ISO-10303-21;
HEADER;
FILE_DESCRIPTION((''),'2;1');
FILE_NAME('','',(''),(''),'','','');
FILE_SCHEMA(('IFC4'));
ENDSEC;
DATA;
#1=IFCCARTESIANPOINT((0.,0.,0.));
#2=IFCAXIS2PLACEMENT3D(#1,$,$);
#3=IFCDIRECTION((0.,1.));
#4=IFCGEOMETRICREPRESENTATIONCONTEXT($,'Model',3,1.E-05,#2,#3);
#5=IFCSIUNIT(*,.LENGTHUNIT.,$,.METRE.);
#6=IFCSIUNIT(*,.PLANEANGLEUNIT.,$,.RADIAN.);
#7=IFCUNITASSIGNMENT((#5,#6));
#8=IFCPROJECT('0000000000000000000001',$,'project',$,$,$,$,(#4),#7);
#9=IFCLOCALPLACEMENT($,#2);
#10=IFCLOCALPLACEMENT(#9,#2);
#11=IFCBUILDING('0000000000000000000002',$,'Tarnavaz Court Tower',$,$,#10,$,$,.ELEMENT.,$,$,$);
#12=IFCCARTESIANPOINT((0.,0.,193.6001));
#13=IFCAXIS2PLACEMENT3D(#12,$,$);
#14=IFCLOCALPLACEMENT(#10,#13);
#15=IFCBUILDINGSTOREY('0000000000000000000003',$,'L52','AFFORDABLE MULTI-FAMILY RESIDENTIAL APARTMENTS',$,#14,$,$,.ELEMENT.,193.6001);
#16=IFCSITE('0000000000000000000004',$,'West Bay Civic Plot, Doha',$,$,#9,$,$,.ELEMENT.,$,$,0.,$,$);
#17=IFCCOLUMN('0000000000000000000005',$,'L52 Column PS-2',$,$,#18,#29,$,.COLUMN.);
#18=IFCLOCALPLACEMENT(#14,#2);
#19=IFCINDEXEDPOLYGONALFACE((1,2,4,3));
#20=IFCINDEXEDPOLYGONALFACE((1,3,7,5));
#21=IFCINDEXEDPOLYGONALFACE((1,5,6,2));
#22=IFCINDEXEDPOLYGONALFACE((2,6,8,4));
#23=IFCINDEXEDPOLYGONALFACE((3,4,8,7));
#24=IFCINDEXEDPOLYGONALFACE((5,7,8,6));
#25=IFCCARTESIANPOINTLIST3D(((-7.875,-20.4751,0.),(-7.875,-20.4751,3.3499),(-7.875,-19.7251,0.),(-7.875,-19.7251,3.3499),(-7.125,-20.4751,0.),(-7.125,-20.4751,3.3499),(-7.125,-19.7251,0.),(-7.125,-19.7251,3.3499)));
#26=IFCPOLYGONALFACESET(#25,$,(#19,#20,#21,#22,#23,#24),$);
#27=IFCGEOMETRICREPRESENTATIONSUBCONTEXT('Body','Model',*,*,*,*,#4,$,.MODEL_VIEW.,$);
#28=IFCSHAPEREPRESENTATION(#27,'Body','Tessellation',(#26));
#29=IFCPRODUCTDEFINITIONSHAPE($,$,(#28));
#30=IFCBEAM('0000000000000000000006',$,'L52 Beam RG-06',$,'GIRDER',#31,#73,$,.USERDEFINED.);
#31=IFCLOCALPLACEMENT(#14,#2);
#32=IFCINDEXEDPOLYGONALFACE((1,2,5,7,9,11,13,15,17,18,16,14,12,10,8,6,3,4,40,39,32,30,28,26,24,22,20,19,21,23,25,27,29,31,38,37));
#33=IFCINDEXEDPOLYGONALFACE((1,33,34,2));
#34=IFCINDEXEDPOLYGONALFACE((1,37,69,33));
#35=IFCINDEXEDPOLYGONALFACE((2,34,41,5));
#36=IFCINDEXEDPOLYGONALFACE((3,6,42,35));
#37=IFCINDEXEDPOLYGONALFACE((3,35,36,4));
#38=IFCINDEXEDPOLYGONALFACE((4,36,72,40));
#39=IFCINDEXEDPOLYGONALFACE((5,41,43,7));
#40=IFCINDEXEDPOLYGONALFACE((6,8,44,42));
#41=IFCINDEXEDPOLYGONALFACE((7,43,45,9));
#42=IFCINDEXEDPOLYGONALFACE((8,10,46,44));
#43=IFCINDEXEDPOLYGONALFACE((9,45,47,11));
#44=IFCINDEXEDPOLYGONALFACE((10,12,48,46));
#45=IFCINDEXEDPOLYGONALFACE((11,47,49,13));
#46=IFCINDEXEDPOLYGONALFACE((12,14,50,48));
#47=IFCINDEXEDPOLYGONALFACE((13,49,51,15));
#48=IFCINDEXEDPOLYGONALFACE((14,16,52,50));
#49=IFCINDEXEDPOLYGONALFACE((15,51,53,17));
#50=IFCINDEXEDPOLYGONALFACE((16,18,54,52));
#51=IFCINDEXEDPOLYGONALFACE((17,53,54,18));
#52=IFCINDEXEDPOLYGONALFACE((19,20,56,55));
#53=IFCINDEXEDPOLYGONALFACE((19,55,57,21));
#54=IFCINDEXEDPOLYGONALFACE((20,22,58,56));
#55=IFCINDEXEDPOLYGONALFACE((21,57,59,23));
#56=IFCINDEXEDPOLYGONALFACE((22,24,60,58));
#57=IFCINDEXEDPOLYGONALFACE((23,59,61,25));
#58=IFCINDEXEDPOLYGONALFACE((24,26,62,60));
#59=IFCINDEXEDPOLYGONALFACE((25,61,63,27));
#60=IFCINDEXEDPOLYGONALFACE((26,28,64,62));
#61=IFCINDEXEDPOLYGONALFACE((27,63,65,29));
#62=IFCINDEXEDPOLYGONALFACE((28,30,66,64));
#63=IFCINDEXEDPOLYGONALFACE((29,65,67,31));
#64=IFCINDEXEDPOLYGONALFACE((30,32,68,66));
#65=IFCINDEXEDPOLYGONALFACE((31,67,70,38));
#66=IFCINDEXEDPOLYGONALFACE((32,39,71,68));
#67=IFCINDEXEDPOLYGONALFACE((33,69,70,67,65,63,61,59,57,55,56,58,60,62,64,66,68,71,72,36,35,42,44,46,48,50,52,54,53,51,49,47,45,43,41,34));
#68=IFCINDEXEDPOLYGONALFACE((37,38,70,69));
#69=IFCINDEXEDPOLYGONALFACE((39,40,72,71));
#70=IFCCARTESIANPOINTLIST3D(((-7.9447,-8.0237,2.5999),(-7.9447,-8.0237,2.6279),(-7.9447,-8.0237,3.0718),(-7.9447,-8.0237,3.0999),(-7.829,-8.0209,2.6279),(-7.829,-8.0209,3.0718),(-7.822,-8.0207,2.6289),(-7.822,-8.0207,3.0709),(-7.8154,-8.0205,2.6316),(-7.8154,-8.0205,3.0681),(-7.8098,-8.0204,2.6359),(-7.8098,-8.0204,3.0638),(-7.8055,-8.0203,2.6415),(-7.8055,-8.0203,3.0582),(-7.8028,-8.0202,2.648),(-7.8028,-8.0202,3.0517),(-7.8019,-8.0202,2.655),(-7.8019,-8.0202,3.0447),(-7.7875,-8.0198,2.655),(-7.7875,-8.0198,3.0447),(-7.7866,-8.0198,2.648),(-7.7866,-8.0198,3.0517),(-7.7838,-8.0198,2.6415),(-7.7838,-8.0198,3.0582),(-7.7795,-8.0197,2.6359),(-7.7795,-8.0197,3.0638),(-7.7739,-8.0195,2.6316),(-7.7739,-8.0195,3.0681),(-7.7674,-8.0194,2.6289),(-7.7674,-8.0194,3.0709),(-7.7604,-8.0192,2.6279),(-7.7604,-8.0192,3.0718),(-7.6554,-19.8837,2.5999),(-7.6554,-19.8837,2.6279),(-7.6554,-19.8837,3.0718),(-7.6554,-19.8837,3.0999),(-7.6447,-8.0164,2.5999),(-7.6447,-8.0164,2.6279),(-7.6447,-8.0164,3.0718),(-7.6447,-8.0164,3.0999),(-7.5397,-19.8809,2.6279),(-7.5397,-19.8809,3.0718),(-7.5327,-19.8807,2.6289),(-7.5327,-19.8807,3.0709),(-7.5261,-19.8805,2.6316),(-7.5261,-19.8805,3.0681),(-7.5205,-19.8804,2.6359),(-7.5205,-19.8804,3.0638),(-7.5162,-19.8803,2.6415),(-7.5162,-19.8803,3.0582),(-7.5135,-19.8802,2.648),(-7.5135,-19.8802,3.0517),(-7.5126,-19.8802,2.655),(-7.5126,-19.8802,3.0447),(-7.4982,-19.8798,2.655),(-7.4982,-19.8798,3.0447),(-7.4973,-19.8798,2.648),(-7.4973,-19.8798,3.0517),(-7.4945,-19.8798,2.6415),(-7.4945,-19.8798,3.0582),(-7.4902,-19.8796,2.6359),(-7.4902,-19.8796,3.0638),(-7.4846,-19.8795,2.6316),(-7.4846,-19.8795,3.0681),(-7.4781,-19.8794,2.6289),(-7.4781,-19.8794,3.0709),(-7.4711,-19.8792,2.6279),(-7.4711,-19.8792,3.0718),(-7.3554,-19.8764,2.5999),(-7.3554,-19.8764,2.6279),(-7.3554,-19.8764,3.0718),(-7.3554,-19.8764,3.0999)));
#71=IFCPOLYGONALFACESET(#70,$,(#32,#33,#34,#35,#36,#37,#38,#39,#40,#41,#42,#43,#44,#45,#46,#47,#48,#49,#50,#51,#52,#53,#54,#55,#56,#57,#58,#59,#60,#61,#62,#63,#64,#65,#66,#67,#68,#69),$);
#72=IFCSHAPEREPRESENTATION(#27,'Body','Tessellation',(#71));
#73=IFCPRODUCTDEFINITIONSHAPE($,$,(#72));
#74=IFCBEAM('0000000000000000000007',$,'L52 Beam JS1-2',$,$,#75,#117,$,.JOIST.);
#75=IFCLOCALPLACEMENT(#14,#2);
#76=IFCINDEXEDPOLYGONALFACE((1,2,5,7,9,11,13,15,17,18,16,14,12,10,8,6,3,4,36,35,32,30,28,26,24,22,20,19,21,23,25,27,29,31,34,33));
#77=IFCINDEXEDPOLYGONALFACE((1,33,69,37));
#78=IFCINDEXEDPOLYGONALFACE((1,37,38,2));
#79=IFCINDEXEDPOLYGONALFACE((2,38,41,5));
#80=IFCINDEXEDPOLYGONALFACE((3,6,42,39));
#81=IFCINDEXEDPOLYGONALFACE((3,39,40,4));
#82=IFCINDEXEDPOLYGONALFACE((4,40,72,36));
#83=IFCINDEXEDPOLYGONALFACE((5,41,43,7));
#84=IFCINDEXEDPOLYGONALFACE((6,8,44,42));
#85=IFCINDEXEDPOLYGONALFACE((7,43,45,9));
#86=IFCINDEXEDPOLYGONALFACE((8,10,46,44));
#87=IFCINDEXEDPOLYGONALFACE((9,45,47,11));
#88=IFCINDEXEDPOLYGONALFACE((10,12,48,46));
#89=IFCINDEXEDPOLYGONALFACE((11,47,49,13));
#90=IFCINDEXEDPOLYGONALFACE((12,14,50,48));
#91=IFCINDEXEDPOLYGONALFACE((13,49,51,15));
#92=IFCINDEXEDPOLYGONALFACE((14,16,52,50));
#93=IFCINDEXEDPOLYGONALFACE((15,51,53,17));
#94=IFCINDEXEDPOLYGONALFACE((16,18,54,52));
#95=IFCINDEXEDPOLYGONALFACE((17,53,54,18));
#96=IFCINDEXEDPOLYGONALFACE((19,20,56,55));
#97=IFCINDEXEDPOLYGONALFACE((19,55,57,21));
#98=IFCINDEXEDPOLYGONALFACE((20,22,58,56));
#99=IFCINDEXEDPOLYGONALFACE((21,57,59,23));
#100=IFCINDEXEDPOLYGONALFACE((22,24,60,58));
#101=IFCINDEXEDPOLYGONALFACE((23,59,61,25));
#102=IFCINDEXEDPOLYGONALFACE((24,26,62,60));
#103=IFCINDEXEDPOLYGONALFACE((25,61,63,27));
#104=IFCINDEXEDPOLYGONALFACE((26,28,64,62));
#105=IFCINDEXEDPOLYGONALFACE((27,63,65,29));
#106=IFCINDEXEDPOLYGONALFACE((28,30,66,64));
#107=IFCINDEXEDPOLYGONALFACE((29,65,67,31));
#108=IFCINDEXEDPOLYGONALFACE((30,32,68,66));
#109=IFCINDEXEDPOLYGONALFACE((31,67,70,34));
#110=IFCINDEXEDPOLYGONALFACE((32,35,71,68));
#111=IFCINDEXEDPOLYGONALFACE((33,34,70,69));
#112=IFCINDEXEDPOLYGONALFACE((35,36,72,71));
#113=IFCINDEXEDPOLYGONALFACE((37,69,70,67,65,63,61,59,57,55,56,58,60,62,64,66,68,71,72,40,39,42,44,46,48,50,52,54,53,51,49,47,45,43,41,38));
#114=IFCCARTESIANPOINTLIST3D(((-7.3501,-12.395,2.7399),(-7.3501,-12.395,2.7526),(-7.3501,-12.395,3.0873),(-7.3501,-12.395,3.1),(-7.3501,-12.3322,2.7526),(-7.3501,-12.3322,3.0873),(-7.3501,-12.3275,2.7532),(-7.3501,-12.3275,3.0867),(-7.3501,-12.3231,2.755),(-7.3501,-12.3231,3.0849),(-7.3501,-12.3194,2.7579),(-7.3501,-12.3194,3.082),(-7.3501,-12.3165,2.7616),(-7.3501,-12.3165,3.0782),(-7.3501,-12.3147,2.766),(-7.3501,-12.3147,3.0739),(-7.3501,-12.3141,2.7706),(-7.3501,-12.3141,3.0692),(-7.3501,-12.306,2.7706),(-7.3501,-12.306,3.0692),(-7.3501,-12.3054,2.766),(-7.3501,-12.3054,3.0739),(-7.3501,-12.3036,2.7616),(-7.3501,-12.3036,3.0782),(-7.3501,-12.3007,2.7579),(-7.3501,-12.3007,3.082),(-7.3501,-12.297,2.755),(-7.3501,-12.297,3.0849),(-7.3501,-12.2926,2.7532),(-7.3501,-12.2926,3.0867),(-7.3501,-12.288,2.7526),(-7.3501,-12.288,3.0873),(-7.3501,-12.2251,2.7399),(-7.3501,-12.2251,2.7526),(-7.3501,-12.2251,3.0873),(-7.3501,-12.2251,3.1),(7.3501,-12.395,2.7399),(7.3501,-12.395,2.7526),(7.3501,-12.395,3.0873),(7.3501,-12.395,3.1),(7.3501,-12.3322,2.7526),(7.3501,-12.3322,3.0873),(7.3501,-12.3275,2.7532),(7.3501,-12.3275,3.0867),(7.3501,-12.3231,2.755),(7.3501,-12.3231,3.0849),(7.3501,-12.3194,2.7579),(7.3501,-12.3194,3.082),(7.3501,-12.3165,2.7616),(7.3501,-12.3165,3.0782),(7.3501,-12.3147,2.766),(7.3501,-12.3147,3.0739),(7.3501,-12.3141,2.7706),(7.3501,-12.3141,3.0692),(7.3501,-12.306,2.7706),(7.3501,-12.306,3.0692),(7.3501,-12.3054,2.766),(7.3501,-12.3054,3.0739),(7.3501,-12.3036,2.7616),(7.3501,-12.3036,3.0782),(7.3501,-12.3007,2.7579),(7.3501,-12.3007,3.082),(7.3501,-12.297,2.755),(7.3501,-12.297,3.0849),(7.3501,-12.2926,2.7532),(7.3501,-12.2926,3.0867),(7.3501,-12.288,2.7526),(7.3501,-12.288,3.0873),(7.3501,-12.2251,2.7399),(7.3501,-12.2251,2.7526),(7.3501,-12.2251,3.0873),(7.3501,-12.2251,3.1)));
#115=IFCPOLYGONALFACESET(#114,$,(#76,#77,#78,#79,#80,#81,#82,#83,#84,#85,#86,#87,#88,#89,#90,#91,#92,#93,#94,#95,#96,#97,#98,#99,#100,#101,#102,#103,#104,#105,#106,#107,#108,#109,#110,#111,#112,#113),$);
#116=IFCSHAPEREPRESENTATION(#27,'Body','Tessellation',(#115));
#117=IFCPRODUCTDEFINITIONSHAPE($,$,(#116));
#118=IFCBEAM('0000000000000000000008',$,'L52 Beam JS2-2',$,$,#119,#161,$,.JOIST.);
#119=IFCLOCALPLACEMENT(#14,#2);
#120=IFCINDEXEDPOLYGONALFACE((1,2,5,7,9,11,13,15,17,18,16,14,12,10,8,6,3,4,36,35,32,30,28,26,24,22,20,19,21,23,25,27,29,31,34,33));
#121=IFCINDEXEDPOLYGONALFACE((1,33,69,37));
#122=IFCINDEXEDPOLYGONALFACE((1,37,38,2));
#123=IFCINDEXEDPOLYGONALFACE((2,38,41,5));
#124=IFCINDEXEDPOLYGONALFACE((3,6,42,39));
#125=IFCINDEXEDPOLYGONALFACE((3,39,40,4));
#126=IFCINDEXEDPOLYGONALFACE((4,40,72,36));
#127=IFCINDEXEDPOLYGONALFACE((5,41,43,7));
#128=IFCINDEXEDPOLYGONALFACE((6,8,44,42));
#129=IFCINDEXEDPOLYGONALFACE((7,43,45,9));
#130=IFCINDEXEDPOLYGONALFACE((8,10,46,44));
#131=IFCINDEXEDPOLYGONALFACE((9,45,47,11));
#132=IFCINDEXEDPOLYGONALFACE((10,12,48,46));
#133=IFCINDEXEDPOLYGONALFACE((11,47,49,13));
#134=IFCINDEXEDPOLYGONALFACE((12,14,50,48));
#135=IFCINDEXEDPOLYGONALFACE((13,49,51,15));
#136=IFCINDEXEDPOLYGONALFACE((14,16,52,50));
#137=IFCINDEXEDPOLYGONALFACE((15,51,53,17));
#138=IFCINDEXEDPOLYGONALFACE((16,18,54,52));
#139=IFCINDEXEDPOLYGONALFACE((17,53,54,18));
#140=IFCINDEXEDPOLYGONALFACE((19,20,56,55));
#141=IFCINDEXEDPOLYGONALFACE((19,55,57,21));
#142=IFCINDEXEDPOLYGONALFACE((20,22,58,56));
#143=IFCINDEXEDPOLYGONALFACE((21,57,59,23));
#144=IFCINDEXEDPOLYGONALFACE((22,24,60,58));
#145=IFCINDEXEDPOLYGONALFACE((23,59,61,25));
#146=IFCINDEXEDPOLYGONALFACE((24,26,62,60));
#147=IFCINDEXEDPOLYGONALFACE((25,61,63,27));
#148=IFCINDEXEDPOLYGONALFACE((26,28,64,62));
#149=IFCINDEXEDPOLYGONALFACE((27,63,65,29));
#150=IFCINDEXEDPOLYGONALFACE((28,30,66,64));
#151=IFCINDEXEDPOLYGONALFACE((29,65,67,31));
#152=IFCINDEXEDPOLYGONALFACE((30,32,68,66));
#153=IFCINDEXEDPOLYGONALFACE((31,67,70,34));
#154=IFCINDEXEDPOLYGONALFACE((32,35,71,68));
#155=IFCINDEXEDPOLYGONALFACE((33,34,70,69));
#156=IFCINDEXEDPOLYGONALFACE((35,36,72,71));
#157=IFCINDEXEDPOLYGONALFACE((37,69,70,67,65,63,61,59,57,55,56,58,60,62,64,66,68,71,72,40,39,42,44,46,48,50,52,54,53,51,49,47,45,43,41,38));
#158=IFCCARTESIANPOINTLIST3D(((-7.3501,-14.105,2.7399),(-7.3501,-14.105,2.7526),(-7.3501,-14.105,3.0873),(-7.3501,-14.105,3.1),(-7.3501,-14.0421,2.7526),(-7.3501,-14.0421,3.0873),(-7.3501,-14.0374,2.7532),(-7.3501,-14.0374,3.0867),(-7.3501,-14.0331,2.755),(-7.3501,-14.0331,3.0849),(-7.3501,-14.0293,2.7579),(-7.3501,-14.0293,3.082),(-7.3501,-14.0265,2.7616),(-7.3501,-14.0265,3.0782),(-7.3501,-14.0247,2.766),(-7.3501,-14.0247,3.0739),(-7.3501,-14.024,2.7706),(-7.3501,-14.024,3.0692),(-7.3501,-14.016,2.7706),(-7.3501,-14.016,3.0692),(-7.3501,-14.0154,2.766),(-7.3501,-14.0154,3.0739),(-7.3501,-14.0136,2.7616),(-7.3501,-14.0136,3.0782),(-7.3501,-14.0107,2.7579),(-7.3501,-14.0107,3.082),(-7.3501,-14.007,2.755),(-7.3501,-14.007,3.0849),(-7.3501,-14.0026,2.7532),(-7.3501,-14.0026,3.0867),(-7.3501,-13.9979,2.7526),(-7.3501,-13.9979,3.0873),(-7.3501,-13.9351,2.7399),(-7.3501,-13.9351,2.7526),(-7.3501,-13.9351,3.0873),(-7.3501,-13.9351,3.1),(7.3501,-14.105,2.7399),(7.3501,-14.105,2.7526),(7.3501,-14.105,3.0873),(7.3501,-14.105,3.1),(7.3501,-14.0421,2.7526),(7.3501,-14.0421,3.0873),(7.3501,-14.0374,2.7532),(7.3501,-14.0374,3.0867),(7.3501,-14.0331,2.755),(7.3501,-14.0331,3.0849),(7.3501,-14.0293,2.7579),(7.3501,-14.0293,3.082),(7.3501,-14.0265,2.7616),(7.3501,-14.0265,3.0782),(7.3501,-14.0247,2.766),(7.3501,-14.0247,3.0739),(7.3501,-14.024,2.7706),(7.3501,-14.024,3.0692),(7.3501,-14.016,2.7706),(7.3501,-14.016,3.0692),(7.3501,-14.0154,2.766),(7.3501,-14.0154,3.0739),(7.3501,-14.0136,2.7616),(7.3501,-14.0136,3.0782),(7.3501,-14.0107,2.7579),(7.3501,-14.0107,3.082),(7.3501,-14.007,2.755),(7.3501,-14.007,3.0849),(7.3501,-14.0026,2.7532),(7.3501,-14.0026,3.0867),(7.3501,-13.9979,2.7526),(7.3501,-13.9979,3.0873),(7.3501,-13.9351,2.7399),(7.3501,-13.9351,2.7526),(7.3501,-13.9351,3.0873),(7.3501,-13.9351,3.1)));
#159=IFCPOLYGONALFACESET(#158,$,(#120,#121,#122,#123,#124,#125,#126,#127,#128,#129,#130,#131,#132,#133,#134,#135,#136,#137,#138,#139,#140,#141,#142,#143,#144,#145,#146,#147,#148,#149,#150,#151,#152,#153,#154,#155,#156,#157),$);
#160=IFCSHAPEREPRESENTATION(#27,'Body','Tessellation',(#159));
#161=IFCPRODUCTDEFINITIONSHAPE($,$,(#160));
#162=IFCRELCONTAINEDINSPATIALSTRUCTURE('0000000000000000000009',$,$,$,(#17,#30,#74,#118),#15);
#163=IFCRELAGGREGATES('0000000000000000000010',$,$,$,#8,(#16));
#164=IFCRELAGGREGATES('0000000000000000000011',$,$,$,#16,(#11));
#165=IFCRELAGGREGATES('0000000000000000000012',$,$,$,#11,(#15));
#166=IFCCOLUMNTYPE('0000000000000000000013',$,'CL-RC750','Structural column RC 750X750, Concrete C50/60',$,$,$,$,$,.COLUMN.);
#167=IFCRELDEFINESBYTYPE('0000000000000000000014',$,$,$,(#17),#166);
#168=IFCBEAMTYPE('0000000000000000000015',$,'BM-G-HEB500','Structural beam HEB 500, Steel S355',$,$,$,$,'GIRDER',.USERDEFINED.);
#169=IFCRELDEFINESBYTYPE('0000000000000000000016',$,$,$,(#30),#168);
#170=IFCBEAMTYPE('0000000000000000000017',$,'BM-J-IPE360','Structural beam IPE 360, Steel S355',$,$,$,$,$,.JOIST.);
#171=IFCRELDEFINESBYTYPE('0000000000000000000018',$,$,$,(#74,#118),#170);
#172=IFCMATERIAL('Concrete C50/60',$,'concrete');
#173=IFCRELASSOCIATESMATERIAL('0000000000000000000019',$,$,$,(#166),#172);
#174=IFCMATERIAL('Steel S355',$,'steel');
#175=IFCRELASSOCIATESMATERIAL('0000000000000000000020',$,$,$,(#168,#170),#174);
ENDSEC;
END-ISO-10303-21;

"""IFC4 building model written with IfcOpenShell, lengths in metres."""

from ifc_helpers import new_model, si_unit, direction, frame, origin, origin_2d, place, context, subcontext, project, spatial, rectangle, i_section, extrude, material, material_profile, profile_set, type_object, element, save


model = new_model("IFC4")

# Units and contexts
model_context = context("Model", 3, precision=1e-05, world=origin(), true_north=direction((0.0, 1.0)))
body_context = subcontext(model_context, "Body", "Model", "MODEL_VIEW")
ifc_project = project(units=[si_unit("LENGTHUNIT", "METRE"), si_unit("PLANEANGLEUNIT", "RADIAN")], contexts=[model_context])

# Site, building, storey
site_placement = place(None, origin())
site = spatial("IfcSite", under=ifc_project, at=site_placement, Name="West Bay Civic Plot, Doha", CompositionType="ELEMENT", RefElevation=0.0)
building_placement = place(site_placement, origin())
building = spatial("IfcBuilding", under=site, at=building_placement, Name="Tarnavaz Court Tower", CompositionType="ELEMENT")
storey_placement = place(building_placement, frame((0.0, 0.0, 193.6001)))
storey = spatial("IfcBuildingStorey", under=building, at=storey_placement, Name="L52", Description="AFFORDABLE MULTI-FAMILY RESIDENTIAL APARTMENTS", CompositionType="ELEMENT", Elevation=193.6001)

# Column
ifc_material_1 = material(Name="Concrete C50/60", Category="concrete")
ifc_material_profile_1 = material_profile(ifc_material_1, rectangle(XDim=0.75, YDim=0.75, at=origin_2d()), Name="RC 750X750")
ifc_profile_set_1 = profile_set([ifc_material_profile_1], Name="Concrete C50/60")
column_type = type_object("IfcColumnType", Name="CL-RC750", Description="Structural column RC 750X750, Concrete C50/60", PredefinedType="COLUMN", material=ifc_profile_set_1)
column_placement = place(storey_placement, frame((-7.5, -20.1001, 0.0), z_axis=(0.0, 0.0, 1.0), x_axis=(1.0, 0.0, 0.0)))
element("IfcColumn", 1, at=column_placement, inside=storey, type_object=column_type, Name="L52 Column PS-2", PredefinedType="COLUMN", context=body_context, shape_type="SweptSolid", body=[
    extrude(rectangle(XDim=0.75, YDim=0.75, at=origin_2d()), origin(), (0.0, 0.0, 1.0), 3.3499),
])

# Beams
ifc_material_2 = material(Name="Steel S355", Category="steel")
ifc_material_profile_2 = material_profile(ifc_material_2, i_section(OverallWidth=0.3, OverallDepth=0.5, WebThickness=0.0144, FlangeThickness=0.0281, FilletRadius=0.0271, at=origin_2d()), Name="HEB 500")
ifc_profile_set_2 = profile_set([ifc_material_profile_2], Name="Steel S355")
beam_type_1 = type_object("IfcBeamType", Name="BM-G-HEB500", Description="Structural beam HEB 500, Steel S355", ElementType="GIRDER", PredefinedType="USERDEFINED", material=ifc_profile_set_2)
beam_1_placement = place(storey_placement, frame((-7.7947, -8.02, 2.8499), z_axis=(0.024386, -0.999703, 0.0), x_axis=(0.999703, 0.024386, 0.0)))
element("IfcBeam", 2, at=beam_1_placement, inside=storey, type_object=beam_type_1, Name="L52 Beam RG-06", ObjectType="GIRDER", PredefinedType="USERDEFINED", context=body_context, shape_type="SweptSolid", body=[
    extrude(i_section(OverallWidth=0.3, OverallDepth=0.5, WebThickness=0.0144, FlangeThickness=0.0281, FilletRadius=0.0271, at=origin_2d()), origin(), (0.0, 0.0, 1.0), 11.8635),
])
ifc_material_profile_3 = material_profile(ifc_material_2, i_section(OverallWidth=0.1699, OverallDepth=0.3601, WebThickness=0.0081, FlangeThickness=0.0127, FilletRadius=0.0181, at=origin_2d()), Name="IPE 360")
ifc_profile_set_3 = profile_set([ifc_material_profile_3], Name="Steel S355")
beam_type_2 = type_object("IfcBeamType", Name="BM-J-IPE360", Description="Structural beam IPE 360, Steel S355", PredefinedType="JOIST", material=ifc_profile_set_3)
for number, where, z_axis, x_axis, name in (
    (3, (-7.3501, -12.3101, 2.9199), (1.0, 0.0, 0.0), (0.0, 1.0, 0.0), "L52 Beam JS1-2"),
    (4, (-7.3501, -14.02, 2.9199), (1.0, 0.0, 0.0), (0.0, 1.0, 0.0), "L52 Beam JS2-2"),
):
    element("IfcBeam", number, at=place(storey_placement, frame(where, z_axis=z_axis, x_axis=x_axis)), inside=storey, type_object=beam_type_2, Name=name, PredefinedType="JOIST", context=body_context, shape_type="SweptSolid", body=[
        extrude(i_section(OverallWidth=0.1699, OverallDepth=0.3601, WebThickness=0.0081, FlangeThickness=0.0127, FilletRadius=0.0181, at=origin_2d()), origin(), (0.0, 0.0, 1.0), 14.7002),
    ])

save(model, "model.ifc")
